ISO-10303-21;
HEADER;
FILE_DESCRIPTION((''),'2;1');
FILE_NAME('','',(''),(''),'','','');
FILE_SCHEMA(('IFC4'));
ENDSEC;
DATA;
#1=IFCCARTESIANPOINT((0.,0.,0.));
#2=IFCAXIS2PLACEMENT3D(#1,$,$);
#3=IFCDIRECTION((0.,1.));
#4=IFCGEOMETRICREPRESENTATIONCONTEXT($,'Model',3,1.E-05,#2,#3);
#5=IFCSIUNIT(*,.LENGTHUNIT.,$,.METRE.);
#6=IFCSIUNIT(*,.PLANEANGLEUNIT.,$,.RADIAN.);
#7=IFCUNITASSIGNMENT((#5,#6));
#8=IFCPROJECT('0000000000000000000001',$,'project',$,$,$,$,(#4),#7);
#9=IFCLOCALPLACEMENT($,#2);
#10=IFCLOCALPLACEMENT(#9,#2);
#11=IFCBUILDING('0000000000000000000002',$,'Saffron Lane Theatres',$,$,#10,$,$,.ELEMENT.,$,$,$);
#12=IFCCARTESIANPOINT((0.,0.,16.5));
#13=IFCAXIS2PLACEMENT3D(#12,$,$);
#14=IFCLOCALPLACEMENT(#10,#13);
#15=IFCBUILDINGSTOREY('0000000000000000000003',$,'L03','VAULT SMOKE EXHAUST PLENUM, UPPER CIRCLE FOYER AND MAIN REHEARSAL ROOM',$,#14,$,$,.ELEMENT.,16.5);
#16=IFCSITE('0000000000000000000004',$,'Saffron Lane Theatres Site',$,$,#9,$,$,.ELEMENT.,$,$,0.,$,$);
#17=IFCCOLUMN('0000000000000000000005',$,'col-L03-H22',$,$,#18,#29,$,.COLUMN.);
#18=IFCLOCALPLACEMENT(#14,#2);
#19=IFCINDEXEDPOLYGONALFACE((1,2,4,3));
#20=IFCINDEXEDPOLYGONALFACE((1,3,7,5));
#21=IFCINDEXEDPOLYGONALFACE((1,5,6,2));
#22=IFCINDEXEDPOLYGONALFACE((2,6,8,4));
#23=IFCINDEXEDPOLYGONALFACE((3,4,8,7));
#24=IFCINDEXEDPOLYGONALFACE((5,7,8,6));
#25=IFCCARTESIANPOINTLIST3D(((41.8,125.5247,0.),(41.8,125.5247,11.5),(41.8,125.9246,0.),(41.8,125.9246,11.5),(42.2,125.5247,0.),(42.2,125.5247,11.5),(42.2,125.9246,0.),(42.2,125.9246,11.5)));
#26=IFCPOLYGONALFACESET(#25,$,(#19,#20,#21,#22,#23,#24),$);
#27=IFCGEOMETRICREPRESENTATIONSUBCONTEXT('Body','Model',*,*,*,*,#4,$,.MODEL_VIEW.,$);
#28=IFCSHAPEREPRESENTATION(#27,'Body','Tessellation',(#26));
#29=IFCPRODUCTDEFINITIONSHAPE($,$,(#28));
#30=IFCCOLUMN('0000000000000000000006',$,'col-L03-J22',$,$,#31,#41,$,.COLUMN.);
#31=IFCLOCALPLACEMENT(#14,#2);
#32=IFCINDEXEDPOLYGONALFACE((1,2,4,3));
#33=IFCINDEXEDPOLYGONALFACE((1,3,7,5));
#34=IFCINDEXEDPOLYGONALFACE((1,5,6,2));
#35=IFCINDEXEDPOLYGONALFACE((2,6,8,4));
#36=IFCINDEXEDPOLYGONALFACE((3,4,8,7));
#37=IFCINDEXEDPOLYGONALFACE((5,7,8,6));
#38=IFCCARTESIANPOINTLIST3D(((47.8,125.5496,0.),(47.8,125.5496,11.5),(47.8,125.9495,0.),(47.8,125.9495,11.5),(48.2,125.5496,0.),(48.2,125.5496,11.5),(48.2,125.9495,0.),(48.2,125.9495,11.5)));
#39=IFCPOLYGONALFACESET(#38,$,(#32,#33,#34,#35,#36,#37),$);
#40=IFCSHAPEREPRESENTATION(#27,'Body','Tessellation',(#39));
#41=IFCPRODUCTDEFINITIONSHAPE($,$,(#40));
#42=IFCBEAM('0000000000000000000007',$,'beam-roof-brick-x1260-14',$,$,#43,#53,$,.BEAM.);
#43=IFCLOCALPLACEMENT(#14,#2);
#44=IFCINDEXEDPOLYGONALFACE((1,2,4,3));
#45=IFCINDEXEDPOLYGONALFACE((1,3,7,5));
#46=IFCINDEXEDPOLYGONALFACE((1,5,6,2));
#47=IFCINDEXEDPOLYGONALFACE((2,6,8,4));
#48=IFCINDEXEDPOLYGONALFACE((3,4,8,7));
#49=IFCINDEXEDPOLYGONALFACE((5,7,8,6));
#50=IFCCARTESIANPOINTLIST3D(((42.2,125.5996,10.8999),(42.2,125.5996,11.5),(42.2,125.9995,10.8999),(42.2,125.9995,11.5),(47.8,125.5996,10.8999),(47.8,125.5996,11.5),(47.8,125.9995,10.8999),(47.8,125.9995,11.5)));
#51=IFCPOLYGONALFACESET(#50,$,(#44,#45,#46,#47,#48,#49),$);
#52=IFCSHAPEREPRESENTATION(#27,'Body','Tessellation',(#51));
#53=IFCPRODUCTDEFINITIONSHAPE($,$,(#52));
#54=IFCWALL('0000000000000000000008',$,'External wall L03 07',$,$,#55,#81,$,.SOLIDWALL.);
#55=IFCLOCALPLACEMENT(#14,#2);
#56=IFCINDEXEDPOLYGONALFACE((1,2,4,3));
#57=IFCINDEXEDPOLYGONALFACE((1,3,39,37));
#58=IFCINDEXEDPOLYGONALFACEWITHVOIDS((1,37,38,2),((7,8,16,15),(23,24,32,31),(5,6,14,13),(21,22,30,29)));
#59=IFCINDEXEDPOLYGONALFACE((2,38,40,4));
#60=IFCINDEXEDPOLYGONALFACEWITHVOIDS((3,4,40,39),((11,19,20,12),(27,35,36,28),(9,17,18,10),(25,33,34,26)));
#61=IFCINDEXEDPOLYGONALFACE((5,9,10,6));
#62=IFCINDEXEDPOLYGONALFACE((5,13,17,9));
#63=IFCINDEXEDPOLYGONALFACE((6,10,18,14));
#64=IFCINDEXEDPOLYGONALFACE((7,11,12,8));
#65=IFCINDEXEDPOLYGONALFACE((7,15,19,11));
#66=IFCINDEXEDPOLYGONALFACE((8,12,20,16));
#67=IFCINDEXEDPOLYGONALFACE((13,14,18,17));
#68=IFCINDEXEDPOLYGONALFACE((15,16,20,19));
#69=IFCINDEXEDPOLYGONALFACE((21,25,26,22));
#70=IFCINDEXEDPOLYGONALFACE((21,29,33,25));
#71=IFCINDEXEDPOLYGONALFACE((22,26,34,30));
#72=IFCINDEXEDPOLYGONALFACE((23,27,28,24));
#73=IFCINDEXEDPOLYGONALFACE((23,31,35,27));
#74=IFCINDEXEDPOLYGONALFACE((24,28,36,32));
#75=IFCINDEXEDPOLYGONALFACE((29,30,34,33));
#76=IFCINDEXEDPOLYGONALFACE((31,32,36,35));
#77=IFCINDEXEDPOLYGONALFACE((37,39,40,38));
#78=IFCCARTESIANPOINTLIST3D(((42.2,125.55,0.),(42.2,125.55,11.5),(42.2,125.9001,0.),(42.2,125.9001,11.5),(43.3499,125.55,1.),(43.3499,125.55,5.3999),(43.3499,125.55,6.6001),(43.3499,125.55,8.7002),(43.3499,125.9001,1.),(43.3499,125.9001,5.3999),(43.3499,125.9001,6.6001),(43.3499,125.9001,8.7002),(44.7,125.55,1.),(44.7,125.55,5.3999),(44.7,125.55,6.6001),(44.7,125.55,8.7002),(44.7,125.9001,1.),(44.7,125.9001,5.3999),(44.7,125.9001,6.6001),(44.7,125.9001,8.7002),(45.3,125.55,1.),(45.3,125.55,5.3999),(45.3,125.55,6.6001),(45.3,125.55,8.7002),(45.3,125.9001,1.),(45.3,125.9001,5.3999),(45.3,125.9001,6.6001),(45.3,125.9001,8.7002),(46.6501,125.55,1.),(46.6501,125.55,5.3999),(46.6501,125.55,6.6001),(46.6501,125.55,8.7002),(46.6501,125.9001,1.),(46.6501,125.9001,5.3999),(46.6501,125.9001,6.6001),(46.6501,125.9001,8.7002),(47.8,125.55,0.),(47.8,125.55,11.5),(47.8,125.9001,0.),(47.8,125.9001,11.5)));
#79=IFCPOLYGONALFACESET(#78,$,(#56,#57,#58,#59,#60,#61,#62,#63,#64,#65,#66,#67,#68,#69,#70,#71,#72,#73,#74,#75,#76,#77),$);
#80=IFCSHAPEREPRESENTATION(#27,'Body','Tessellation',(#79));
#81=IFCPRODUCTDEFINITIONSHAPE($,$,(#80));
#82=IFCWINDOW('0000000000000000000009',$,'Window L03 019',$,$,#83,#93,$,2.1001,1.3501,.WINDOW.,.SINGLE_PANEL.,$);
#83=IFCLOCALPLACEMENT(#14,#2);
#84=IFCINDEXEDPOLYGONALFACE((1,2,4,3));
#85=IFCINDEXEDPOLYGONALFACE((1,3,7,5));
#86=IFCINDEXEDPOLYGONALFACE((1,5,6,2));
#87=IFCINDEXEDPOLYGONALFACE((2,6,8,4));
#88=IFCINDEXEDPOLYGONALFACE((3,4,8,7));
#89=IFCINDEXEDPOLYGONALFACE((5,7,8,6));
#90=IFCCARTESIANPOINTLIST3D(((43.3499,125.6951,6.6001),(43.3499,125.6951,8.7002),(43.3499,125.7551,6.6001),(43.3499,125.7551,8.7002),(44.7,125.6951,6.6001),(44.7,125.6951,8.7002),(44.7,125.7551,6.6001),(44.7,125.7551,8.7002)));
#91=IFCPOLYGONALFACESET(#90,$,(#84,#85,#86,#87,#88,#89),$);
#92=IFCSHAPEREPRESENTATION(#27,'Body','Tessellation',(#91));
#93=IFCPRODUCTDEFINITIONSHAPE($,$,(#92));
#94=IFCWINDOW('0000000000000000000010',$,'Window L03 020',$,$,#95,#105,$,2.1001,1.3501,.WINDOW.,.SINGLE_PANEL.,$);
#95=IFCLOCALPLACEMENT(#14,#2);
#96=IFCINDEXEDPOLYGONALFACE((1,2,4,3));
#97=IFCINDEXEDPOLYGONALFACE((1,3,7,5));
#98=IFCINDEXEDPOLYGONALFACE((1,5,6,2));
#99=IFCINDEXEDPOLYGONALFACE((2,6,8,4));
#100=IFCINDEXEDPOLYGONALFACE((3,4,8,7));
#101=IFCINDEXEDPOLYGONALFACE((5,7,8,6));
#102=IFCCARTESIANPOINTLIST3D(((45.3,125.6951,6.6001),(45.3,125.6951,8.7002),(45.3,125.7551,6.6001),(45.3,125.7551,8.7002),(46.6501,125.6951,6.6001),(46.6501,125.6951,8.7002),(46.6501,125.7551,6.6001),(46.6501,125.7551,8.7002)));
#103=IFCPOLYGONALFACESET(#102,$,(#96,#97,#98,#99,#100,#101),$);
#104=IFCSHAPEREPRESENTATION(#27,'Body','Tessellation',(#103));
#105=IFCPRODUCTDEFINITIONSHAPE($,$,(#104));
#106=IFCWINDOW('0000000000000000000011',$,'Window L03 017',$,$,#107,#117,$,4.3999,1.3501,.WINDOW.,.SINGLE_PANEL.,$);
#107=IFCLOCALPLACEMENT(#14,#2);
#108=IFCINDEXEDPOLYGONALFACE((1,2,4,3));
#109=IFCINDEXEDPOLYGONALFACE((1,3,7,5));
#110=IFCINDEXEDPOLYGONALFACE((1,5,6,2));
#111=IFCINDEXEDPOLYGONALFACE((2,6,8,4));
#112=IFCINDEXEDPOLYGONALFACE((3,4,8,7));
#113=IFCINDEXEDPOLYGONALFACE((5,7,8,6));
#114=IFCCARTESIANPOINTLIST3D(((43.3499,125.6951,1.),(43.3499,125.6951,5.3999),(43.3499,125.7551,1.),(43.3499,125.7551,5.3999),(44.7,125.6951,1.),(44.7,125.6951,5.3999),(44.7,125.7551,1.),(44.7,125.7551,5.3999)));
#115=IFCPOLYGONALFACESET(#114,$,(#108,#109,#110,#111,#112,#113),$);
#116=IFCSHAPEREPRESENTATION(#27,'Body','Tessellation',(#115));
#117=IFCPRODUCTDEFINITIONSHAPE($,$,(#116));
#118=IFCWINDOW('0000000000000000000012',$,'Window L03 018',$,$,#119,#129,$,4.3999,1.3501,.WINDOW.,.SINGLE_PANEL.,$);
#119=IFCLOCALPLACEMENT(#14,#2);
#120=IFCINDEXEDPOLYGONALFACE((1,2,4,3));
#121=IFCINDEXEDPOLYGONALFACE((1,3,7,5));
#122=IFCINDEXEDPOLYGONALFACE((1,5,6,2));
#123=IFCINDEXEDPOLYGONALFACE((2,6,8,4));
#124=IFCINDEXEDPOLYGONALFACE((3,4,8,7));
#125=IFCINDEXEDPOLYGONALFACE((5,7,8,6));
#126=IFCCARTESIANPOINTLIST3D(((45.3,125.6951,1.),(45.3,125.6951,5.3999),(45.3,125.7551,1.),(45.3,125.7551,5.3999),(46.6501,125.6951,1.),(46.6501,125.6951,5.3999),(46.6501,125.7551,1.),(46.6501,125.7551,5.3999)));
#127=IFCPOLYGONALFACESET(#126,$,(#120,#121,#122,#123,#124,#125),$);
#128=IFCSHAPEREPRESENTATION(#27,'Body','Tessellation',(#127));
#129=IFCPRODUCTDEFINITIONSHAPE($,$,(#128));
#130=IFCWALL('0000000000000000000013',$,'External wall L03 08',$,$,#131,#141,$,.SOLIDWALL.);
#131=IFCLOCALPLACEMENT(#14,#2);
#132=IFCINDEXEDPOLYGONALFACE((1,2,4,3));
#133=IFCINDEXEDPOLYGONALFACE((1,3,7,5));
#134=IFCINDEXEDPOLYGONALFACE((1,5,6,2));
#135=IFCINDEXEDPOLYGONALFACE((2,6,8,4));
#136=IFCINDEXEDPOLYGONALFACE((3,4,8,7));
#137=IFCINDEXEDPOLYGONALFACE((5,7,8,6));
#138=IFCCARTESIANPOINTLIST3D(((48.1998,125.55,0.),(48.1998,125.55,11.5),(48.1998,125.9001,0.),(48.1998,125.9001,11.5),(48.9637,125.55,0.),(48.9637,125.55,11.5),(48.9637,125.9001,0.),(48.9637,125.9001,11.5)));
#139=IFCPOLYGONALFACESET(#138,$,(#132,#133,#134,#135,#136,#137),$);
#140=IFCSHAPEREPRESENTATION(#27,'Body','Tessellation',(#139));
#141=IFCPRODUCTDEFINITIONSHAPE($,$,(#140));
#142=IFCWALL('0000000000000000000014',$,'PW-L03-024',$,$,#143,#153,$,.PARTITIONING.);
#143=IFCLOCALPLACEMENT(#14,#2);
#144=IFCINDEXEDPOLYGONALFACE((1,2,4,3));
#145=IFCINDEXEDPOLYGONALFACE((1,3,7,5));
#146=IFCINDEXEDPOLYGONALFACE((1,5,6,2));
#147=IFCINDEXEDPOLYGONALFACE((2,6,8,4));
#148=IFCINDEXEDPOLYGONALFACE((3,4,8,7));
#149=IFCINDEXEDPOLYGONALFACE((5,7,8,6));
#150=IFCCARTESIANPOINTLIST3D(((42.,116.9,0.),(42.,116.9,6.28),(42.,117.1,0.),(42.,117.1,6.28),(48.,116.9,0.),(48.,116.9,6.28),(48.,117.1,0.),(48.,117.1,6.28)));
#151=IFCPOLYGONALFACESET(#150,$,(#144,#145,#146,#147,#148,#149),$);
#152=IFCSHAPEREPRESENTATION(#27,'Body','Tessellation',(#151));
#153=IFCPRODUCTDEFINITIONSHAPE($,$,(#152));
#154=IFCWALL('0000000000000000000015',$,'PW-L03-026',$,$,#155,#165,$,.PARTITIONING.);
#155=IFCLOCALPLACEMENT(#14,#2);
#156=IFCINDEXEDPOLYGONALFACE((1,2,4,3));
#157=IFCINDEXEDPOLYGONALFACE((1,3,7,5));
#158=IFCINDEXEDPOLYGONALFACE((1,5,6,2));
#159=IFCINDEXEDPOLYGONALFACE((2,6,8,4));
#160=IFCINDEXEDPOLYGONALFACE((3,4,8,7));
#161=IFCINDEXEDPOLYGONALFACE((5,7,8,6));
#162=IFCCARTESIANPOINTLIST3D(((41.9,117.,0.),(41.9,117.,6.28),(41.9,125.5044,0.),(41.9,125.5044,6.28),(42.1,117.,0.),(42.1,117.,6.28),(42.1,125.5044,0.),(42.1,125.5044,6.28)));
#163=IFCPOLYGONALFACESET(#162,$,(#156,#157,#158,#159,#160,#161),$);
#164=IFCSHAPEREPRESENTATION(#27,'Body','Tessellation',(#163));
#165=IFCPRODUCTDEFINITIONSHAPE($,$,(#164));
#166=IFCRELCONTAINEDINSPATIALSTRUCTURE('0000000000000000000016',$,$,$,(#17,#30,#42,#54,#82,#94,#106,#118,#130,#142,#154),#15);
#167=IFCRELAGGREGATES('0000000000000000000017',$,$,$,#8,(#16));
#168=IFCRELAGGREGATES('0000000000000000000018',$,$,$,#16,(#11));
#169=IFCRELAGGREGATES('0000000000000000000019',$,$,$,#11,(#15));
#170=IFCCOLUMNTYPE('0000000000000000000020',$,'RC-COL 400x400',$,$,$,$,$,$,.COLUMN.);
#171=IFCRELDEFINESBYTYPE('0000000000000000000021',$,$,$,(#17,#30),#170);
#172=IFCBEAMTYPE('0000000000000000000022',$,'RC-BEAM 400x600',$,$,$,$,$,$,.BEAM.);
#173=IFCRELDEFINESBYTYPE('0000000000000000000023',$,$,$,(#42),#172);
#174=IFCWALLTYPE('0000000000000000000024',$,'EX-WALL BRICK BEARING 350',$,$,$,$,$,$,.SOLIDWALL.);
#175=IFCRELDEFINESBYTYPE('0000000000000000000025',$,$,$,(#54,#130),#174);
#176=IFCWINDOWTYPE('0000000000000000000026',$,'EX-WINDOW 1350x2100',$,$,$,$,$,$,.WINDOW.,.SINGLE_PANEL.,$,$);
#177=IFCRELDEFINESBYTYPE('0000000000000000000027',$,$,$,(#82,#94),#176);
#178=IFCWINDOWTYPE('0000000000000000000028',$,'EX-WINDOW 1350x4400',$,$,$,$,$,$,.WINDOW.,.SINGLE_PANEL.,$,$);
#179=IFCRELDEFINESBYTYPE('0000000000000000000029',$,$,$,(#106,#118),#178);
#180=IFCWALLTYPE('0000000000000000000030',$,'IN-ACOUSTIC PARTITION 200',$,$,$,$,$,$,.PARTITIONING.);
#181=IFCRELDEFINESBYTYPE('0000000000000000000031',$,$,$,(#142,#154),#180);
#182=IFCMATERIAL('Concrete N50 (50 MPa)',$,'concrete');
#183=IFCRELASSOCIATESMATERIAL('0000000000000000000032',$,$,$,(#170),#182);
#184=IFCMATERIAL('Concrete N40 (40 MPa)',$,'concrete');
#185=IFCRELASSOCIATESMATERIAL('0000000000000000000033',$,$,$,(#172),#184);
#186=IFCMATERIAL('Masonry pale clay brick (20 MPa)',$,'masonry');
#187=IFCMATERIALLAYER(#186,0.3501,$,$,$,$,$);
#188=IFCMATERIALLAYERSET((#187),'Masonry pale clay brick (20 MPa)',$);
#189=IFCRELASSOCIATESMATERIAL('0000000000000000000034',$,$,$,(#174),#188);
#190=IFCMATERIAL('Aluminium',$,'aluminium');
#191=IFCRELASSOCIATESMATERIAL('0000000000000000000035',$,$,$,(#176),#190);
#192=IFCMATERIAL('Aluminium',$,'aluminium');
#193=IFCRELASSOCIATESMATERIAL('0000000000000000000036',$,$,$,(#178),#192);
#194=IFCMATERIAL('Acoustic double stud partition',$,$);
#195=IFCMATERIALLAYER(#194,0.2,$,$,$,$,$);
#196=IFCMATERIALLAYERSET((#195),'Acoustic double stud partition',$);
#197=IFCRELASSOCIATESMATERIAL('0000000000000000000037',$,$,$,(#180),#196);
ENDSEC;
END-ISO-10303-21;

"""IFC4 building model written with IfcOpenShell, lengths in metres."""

from ifc_helpers import new_model, si_unit, direction, frame, frame_2d, origin, origin_2d, place, context, subcontext, project, spatial, rectangle, extrude, material, layer, layer_set, material_profile, profile_set, type_object, element, fill, save


model = new_model("IFC4")

# Units and contexts
model_context = context("Model", 3, precision=1e-05, world=origin(), true_north=direction((0.0, 1.0)))
body_context = subcontext(model_context, "Body", "Model", "MODEL_VIEW")
ifc_project = project(units=[si_unit("LENGTHUNIT", "METRE"), si_unit("PLANEANGLEUNIT", "RADIAN")], contexts=[model_context])

# Site, building, storey
site_placement = place(None, origin())
site = spatial("IfcSite", under=ifc_project, at=site_placement, Name="Saffron Lane Theatres Site", CompositionType="ELEMENT", RefElevation=0.0)
building_placement = place(site_placement, origin())
building = spatial("IfcBuilding", under=site, at=building_placement, Name="Saffron Lane Theatres", CompositionType="ELEMENT")
storey_placement = place(building_placement, frame((0.0, 0.0, 16.5)))
storey = spatial("IfcBuildingStorey", under=building, at=storey_placement, Name="L03", Description="VAULT SMOKE EXHAUST PLENUM, UPPER CIRCLE FOYER AND MAIN REHEARSAL ROOM", CompositionType="ELEMENT", Elevation=16.5)

# Columns
ifc_material_1 = material(Name="Concrete N50 (50 MPa)", Category="concrete")
ifc_material_profile_1 = material_profile(ifc_material_1, rectangle(XDim=0.3999, YDim=0.3999, at=origin_2d()))
ifc_profile_set_1 = profile_set([ifc_material_profile_1], Name="Concrete N50 (50 MPa)")
column_type = type_object("IfcColumnType", Name="RC-COL 400x400", PredefinedType="COLUMN", material=ifc_profile_set_1)
for number, where, z_axis, x_axis, name in (
    (1, (42.0, 125.7246, 0.0), (0.0, 0.0, 1.0), (1.0, 0.0, 0.0), "col-L03-H22"),
    (2, (48.0, 125.7495, 0.0), (0.0, 0.0, 1.0), (1.0, 0.0, 0.0), "col-L03-J22"),
):
    element("IfcColumn", number, at=place(storey_placement, frame(where, z_axis=z_axis, x_axis=x_axis)), inside=storey, type_object=column_type, Name=name, PredefinedType="COLUMN", context=body_context, shape_type="SweptSolid", body=[
        extrude(rectangle(XDim=0.3999, YDim=0.3999, at=origin_2d()), origin(), (0.0, 0.0, 1.0), 11.5),
    ])

# Beam
ifc_material_2 = material(Name="Concrete N40 (40 MPa)", Category="concrete")
ifc_material_profile_2 = material_profile(ifc_material_2, rectangle(XDim=0.3999, YDim=0.6001, at=origin_2d()))
ifc_profile_set_2 = profile_set([ifc_material_profile_2], Name="Concrete N40 (40 MPa)")
beam_type = type_object("IfcBeamType", Name="RC-BEAM 400x600", PredefinedType="BEAM", material=ifc_profile_set_2)
beam_placement = place(storey_placement, frame((42.2, 125.7996, 11.2), z_axis=(1.0, 0.0, 0.0), x_axis=(0.0, 1.0, 0.0)))
element("IfcBeam", 3, at=beam_placement, inside=storey, type_object=beam_type, Name="beam-roof-brick-x1260-14", PredefinedType="BEAM", context=body_context, shape_type="SweptSolid", body=[
    extrude(rectangle(XDim=0.3999, YDim=0.6001, at=origin_2d()), origin(), (0.0, 0.0, 1.0), 5.6001),
])

# Wall, openings, windows
ifc_material_3 = material(Name="Masonry pale clay brick (20 MPa)", Category="masonry")
ifc_layer_1 = layer(ifc_material_3, 0.3501)
ifc_layer_set_1 = layer_set([ifc_layer_1], Name="Masonry pale clay brick (20 MPa)")
wall_type_1 = type_object("IfcWallType", Name="EX-WALL BRICK BEARING 350", PredefinedType="SOLIDWALL", material=ifc_layer_set_1)
wall_1_placement = place(storey_placement, frame((42.2, 125.7251, 0.0), z_axis=(0.0, 0.0, 1.0), x_axis=(1.0, 0.0, 0.0)))
wall_1 = element("IfcWall", 4, at=wall_1_placement, inside=storey, type_object=wall_type_1, Name="External wall L03 07", PredefinedType="SOLIDWALL", context=body_context, shape_type="SweptSolid", body=[
    extrude(rectangle(XDim=5.6001, YDim=0.3501, at=frame_2d((2.8, 0.0))), origin(), (0.0, 0.0, 1.0), 11.5),
])
opening_1_placement = place(wall_1_placement, frame((1.1499, 0.0, 1.0)))
opening_1 = element("IfcOpeningElement", 5, at=opening_1_placement, cuts=wall_1, PredefinedType="OPENING", context=body_context, shape_type="SweptSolid", body=[
    extrude(rectangle(XDim=1.3501, YDim=4.3999, at=frame_2d((0.675, 2.2))), frame((0.0, 0.1851, 0.0), z_axis=(0.0, -1.0, 0.0), x_axis=(1.0, 0.0, 0.0)), (0.0, 0.0, 1.0), 0.3701),
])
opening_2_placement = place(wall_1_placement, frame((3.1001, 0.0, 1.0)))
opening_2 = element("IfcOpeningElement", 6, at=opening_2_placement, cuts=wall_1, PredefinedType="OPENING", context=body_context, shape_type="SweptSolid", body=[
    extrude(rectangle(XDim=1.3501, YDim=4.3999, at=frame_2d((0.675, 2.2))), frame((0.0, 0.1851, 0.0), z_axis=(0.0, -1.0, 0.0), x_axis=(1.0, 0.0, 0.0)), (0.0, 0.0, 1.0), 0.3701),
])
opening_3_placement = place(wall_1_placement, frame((1.1499, 0.0, 6.6001)))
opening_3 = element("IfcOpeningElement", 7, at=opening_3_placement, cuts=wall_1, PredefinedType="OPENING", context=body_context, shape_type="SweptSolid", body=[
    extrude(rectangle(XDim=1.3501, YDim=2.1001, at=frame_2d((0.675, 1.05))), frame((0.0, 0.1851, 0.0), z_axis=(0.0, -1.0, 0.0), x_axis=(1.0, 0.0, 0.0)), (0.0, 0.0, 1.0), 0.3701),
])
opening_4_placement = place(wall_1_placement, frame((3.1001, 0.0, 6.6001)))
opening_4 = element("IfcOpeningElement", 8, at=opening_4_placement, cuts=wall_1, PredefinedType="OPENING", context=body_context, shape_type="SweptSolid", body=[
    extrude(rectangle(XDim=1.3501, YDim=2.1001, at=frame_2d((0.675, 1.05))), frame((0.0, 0.1851, 0.0), z_axis=(0.0, -1.0, 0.0), x_axis=(1.0, 0.0, 0.0)), (0.0, 0.0, 1.0), 0.3701),
])
ifc_material_4 = material(Name="Aluminium", Category="aluminium")
window_type_1 = type_object("IfcWindowType", Name="EX-WINDOW 1350x2100", PartitioningType="SINGLE_PANEL", PredefinedType="WINDOW", material=ifc_material_4)
window_1_placement = place(opening_3_placement, origin())
window_1 = element("IfcWindow", 9, at=window_1_placement, inside=storey, type_object=window_type_1, Name="Window L03 019", OverallHeight=2.1001, OverallWidth=1.3501, PartitioningType="SINGLE_PANEL", PredefinedType="WINDOW", context=body_context, shape_type="SweptSolid", body=[
    extrude(rectangle(XDim=1.3501, YDim=2.1001, at=frame_2d((0.675, 1.05))), frame((0.0, 0.03, 0.0), z_axis=(0.0, -1.0, 0.0), x_axis=(1.0, 0.0, 0.0)), (0.0, 0.0, 1.0), 0.0601),
])
fill(opening_3, window_1)
window_2_placement = place(opening_4_placement, origin())
window_2 = element("IfcWindow", 10, at=window_2_placement, inside=storey, type_object=window_type_1, Name="Window L03 020", OverallHeight=2.1001, OverallWidth=1.3501, PartitioningType="SINGLE_PANEL", PredefinedType="WINDOW", context=body_context, shape_type="SweptSolid", body=[
    extrude(rectangle(XDim=1.3501, YDim=2.1001, at=frame_2d((0.675, 1.05))), frame((0.0, 0.03, 0.0), z_axis=(0.0, -1.0, 0.0), x_axis=(1.0, 0.0, 0.0)), (0.0, 0.0, 1.0), 0.0601),
])
fill(opening_4, window_2)
ifc_material_5 = material(Name="Aluminium", Category="aluminium")
window_type_2 = type_object("IfcWindowType", Name="EX-WINDOW 1350x4400", PartitioningType="SINGLE_PANEL", PredefinedType="WINDOW", material=ifc_material_5)
window_3_placement = place(opening_1_placement, origin())
window_3 = element("IfcWindow", 11, at=window_3_placement, inside=storey, type_object=window_type_2, Name="Window L03 017", OverallHeight=4.3999, OverallWidth=1.3501, PartitioningType="SINGLE_PANEL", PredefinedType="WINDOW", context=body_context, shape_type="SweptSolid", body=[
    extrude(rectangle(XDim=1.3501, YDim=4.3999, at=frame_2d((0.675, 2.2))), frame((0.0, 0.03, 0.0), z_axis=(0.0, -1.0, 0.0), x_axis=(1.0, 0.0, 0.0)), (0.0, 0.0, 1.0), 0.0601),
])
fill(opening_1, window_3)
window_4_placement = place(opening_2_placement, origin())
window_4 = element("IfcWindow", 12, at=window_4_placement, inside=storey, type_object=window_type_2, Name="Window L03 018", OverallHeight=4.3999, OverallWidth=1.3501, PartitioningType="SINGLE_PANEL", PredefinedType="WINDOW", context=body_context, shape_type="SweptSolid", body=[
    extrude(rectangle(XDim=1.3501, YDim=4.3999, at=frame_2d((0.675, 2.2))), frame((0.0, 0.03, 0.0), z_axis=(0.0, -1.0, 0.0), x_axis=(1.0, 0.0, 0.0)), (0.0, 0.0, 1.0), 0.0601),
])
fill(opening_2, window_4)

# Walls
wall_2_placement = place(storey_placement, frame((48.2, 125.7251, 0.0), z_axis=(0.0, 0.0, 1.0), x_axis=(1.0, 0.0, 0.0)))
element("IfcWall", 13, at=wall_2_placement, inside=storey, type_object=wall_type_1, Name="External wall L03 08", PredefinedType="SOLIDWALL", context=body_context, shape_type="SweptSolid", body=[
    extrude(rectangle(XDim=0.7639, YDim=0.3501, at=frame_2d((0.3818, 0.0))), origin(), (0.0, 0.0, 1.0), 11.5),
])
ifc_material_6 = material(Name="Acoustic double stud partition")
ifc_layer_2 = layer(ifc_material_6, 0.2)
ifc_layer_set_2 = layer_set([ifc_layer_2], Name="Acoustic double stud partition")
wall_type_2 = type_object("IfcWallType", Name="IN-ACOUSTIC PARTITION 200", PredefinedType="PARTITIONING", material=ifc_layer_set_2)
wall_3_placement = place(storey_placement, frame((42.0, 117.0, 0.0), z_axis=(0.0, 0.0, 1.0), x_axis=(1.0, 0.0, 0.0)))
element("IfcWall", 14, at=wall_3_placement, inside=storey, type_object=wall_type_2, Name="PW-L03-024", PredefinedType="PARTITIONING", context=body_context, shape_type="SweptSolid", body=[
    extrude(rectangle(XDim=6.0, YDim=0.2, at=frame_2d((3.0, 0.0))), origin(), (0.0, 0.0, 1.0), 6.28),
])
wall_4_placement = place(storey_placement, frame((42.0, 117.0, 0.0), z_axis=(0.0, 0.0, 1.0), x_axis=(0.0, 1.0, 0.0)))
element("IfcWall", 15, at=wall_4_placement, inside=storey, type_object=wall_type_2, Name="PW-L03-026", PredefinedType="PARTITIONING", context=body_context, shape_type="SweptSolid", body=[
    extrude(rectangle(XDim=8.5044, YDim=0.2, at=frame_2d((4.2522, 0.0))), origin(), (0.0, 0.0, 1.0), 6.28),
])

save(model, "model.ifc")
